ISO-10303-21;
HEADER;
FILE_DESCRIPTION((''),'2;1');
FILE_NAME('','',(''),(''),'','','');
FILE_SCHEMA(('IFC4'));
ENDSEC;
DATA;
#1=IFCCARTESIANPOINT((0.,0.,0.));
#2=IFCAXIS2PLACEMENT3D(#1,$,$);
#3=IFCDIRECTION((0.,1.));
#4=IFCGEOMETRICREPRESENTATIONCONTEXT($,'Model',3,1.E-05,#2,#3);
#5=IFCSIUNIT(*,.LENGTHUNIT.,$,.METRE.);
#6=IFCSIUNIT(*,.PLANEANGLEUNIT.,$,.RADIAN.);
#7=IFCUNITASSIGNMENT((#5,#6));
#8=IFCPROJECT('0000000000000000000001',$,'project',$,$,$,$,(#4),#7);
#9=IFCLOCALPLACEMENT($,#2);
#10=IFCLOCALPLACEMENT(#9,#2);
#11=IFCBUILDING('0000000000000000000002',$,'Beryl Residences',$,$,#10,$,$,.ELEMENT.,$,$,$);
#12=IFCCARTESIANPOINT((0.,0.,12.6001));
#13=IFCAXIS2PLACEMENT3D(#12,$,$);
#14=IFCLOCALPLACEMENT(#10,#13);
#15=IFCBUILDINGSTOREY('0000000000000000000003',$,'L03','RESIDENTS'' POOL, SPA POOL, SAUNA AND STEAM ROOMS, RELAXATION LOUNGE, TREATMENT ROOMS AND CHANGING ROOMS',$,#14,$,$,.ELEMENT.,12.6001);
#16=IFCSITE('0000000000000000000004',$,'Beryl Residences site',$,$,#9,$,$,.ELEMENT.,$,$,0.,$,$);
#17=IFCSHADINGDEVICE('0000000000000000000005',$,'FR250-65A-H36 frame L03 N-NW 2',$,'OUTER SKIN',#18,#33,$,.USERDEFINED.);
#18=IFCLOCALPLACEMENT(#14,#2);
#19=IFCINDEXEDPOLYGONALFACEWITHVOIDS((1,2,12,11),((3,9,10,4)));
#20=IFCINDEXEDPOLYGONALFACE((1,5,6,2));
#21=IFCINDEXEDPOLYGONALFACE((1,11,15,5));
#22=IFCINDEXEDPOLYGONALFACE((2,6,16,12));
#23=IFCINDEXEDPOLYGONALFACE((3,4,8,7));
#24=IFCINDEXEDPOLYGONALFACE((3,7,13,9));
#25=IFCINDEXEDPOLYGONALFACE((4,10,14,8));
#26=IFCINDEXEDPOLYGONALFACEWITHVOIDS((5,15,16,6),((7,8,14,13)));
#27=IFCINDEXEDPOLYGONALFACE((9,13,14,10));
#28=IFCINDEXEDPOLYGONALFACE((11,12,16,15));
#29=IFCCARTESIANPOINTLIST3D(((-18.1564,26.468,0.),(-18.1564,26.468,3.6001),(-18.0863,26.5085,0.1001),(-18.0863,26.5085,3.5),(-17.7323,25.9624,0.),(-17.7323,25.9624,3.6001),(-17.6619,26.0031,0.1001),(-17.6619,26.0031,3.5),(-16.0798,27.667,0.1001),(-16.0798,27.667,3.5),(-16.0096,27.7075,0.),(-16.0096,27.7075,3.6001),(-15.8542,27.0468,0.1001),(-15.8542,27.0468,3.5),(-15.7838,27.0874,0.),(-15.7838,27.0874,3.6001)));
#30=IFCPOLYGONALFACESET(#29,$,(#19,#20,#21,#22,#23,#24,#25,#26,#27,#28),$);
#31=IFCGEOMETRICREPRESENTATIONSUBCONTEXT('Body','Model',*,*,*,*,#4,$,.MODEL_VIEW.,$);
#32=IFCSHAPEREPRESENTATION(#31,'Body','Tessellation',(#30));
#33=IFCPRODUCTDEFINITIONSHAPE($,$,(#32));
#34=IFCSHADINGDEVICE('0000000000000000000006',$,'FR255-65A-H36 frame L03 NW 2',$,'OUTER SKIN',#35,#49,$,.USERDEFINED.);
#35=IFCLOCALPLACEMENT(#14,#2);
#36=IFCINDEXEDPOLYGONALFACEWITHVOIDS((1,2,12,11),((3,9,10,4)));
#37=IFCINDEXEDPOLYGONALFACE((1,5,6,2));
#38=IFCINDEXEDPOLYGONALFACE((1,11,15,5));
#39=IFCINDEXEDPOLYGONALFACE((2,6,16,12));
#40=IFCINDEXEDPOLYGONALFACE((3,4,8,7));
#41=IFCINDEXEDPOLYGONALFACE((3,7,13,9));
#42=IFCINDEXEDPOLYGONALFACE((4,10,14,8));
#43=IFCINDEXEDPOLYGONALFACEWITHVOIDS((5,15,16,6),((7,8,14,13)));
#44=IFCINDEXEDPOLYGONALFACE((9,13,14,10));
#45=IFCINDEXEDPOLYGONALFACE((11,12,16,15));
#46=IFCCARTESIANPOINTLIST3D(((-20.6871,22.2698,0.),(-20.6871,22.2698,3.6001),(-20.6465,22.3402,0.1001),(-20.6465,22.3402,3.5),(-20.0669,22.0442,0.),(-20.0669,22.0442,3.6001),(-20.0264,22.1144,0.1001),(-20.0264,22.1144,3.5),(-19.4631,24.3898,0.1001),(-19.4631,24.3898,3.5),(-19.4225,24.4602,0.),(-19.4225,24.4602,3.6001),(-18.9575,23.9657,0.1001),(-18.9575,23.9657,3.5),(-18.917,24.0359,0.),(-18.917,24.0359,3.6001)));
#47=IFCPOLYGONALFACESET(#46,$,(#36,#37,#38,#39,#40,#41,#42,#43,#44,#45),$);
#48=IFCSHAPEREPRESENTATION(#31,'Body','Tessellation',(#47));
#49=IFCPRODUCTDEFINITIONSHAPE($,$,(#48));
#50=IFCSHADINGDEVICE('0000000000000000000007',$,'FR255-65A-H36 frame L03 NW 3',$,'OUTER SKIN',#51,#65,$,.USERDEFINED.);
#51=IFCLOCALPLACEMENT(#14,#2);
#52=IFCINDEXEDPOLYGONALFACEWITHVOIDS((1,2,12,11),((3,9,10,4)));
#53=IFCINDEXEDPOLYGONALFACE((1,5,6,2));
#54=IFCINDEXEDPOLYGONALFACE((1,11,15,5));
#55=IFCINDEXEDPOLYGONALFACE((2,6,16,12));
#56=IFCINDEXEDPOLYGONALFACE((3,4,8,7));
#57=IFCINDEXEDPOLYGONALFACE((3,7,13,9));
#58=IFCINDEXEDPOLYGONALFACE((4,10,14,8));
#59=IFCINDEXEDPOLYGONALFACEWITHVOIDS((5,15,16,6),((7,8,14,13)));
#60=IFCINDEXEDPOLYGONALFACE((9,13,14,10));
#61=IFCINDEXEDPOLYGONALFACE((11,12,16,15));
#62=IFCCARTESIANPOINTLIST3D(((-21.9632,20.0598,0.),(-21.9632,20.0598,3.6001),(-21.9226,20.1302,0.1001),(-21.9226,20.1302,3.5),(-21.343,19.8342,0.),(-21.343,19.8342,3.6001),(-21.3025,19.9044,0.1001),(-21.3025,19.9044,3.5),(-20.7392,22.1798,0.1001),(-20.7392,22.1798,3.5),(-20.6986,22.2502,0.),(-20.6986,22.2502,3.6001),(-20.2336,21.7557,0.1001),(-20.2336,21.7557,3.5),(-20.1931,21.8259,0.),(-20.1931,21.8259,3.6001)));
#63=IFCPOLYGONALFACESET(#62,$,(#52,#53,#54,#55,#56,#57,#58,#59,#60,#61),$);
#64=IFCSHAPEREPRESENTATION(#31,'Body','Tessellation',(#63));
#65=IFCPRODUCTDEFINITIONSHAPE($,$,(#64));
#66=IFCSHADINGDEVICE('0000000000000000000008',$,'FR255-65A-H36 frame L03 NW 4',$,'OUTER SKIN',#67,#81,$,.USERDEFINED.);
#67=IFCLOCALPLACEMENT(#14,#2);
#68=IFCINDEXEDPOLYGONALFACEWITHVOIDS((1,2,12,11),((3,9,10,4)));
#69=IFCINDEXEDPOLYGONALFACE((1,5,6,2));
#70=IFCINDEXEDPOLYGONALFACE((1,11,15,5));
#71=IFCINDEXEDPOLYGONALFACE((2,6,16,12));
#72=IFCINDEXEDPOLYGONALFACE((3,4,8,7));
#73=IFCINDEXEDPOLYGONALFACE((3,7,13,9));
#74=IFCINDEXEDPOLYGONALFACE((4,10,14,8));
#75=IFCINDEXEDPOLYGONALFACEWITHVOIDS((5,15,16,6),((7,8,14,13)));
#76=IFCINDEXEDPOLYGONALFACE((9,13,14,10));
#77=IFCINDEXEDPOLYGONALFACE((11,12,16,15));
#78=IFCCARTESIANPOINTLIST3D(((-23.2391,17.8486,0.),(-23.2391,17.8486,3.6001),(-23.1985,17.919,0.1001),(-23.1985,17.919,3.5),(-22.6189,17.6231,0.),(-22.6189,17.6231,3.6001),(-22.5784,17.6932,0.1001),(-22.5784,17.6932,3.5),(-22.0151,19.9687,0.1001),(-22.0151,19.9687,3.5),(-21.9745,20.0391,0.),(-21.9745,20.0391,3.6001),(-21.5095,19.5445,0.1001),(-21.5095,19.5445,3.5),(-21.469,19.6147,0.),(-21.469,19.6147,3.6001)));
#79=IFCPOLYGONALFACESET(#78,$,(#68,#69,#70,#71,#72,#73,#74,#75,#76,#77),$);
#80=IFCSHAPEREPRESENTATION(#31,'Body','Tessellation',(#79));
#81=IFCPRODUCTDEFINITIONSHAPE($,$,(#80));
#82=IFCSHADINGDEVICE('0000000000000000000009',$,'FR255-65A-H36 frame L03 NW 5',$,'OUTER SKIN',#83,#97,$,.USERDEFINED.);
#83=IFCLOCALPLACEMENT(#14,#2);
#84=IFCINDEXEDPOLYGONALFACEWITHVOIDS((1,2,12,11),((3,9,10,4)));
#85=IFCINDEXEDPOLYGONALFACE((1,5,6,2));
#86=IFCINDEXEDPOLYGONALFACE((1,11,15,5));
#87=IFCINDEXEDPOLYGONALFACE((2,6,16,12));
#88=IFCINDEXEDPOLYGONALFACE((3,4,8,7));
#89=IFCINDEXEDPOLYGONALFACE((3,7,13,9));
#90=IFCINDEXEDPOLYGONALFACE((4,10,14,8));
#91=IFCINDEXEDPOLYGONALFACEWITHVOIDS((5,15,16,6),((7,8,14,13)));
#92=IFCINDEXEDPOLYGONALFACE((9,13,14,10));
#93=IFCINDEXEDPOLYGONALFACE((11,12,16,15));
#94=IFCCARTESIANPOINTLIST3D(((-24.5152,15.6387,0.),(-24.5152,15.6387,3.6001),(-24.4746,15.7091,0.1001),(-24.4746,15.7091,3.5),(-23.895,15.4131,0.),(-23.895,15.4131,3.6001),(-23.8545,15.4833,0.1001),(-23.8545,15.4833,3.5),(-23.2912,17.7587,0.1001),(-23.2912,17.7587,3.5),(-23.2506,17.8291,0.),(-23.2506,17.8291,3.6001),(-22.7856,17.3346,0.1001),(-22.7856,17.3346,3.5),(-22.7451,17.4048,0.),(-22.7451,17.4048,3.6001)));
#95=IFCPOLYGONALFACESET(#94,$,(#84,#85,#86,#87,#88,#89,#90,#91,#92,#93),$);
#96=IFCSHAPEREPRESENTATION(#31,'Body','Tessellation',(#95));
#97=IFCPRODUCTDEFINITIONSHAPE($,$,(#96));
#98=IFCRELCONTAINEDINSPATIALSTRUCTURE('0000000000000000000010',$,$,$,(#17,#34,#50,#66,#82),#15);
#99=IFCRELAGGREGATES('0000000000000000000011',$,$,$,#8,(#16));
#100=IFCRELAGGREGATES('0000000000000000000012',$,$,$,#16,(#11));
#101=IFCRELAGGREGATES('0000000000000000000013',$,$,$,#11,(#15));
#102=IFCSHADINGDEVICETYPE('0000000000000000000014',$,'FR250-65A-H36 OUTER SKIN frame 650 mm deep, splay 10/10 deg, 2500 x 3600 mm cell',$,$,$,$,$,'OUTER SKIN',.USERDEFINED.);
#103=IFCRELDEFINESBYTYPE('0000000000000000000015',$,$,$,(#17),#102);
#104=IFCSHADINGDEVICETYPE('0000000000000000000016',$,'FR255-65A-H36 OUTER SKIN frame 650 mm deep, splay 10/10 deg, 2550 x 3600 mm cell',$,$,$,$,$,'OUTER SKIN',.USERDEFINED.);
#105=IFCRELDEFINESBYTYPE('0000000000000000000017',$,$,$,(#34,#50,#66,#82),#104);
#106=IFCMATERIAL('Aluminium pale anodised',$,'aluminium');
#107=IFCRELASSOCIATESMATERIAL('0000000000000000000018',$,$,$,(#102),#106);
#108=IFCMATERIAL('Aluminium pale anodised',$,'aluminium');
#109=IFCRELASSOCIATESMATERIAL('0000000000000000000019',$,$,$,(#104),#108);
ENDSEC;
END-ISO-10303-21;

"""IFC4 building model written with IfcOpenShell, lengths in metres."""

from ifc_helpers import new_model, entity, si_unit, direction, frame, origin, place, context, subcontext, project, spatial, source, transform, mapped, material, type_object, type_shapes, element, save


model = new_model("IFC4")

# Units and contexts
model_context = context("Model", 3, precision=1e-05, world=origin(), true_north=direction((0.0, 1.0)))
body_context = subcontext(model_context, "Body", "Model", "MODEL_VIEW")
ifc_project = project(units=[si_unit("LENGTHUNIT", "METRE"), si_unit("PLANEANGLEUNIT", "RADIAN")], contexts=[model_context])

# Site, building, storey
site_placement = place(None, origin())
site = spatial("IfcSite", under=ifc_project, at=site_placement, Name="Beryl Residences site", CompositionType="ELEMENT", RefElevation=0.0)
building_placement = place(site_placement, origin())
building = spatial("IfcBuilding", under=site, at=building_placement, Name="Beryl Residences", CompositionType="ELEMENT")
storey_placement = place(building_placement, frame((0.0, 0.0, 12.6001)))
storey = spatial("IfcBuildingStorey", under=building, at=storey_placement, Name="L03", Description="RESIDENTS' POOL, SPA POOL, SAUNA AND STEAM ROOMS, RELAXATION LOUNGE, TREATMENT ROOMS AND CHANGING ROOMS", CompositionType="ELEMENT", Elevation=12.6001)

# Shading devices
ifc_material_1 = material(Name="Aluminium pale anodised", Category="aluminium")
shading_device_type_1 = type_object("IfcShadingDeviceType", Name="FR250-65A-H36 OUTER SKIN frame 650 mm deep, splay 10/10 deg, 2500 x 3600 mm cell", ElementType="OUTER SKIN", PredefinedType="USERDEFINED", material=ifc_material_1)
cartesian_point_1 = entity("IfcCartesianPoint", [-1.125, 0.0])
cartesian_point_2 = entity("IfcCartesianPoint", [-1.0437, 0.1001])
cartesian_point_3 = entity("IfcCartesianPoint", [-1.2395, 0.0])
cartesian_point_4 = entity("IfcCartesianPoint", [-1.1584, 0.1001])
shared_shape_1 = source(origin(), body_context, "Body", "SweptSolid", [
    entity("IfcExtrudedAreaSolidTapered", entity("IfcArbitraryProfileDefWithVoids", "AREA", None, entity("IfcPolyline", [cartesian_point_1, entity("IfcCartesianPoint", [1.125, 0.0]), entity("IfcCartesianPoint", [1.125, 3.6001]), entity("IfcCartesianPoint", [-1.125, 3.6001]), cartesian_point_1]), [entity("IfcPolyline", [cartesian_point_2, entity("IfcCartesianPoint", [1.0437, 0.1001]), entity("IfcCartesianPoint", [1.0437, 3.5]), entity("IfcCartesianPoint", [-1.0437, 3.5]), cartesian_point_2])]), entity("IfcAxis2Placement3D", entity("IfcCartesianPoint", [0.0, 0.0, 0.0]), entity("IfcDirection", [0.0, 1.0, 0.0]), entity("IfcDirection", [-1.0, 0.0, 0.0])), entity("IfcDirection", [0.0, 0.0, 1.0]), 0.6499, entity("IfcArbitraryProfileDefWithVoids", "AREA", None, entity("IfcPolyline", [cartesian_point_3, entity("IfcCartesianPoint", [1.2395, 0.0]), entity("IfcCartesianPoint", [1.2395, 3.6001]), entity("IfcCartesianPoint", [-1.2395, 3.6001]), cartesian_point_3]), [entity("IfcPolyline", [cartesian_point_4, entity("IfcCartesianPoint", [1.1584, 0.1001]), entity("IfcCartesianPoint", [1.1584, 3.5]), entity("IfcCartesianPoint", [-1.1584, 3.5]), cartesian_point_4])])),
])
type_shapes(shading_device_type_1, [shared_shape_1])
shading_device_1_placement = place(storey_placement, frame((-16.7581, 26.5249, 0.0), z_axis=(0.0, 0.0, 1.0), x_axis=(0.866025, 0.5, 0.0)))
element("IfcShadingDevice", 1, at=shading_device_1_placement, inside=storey, type_object=shading_device_type_1, Name="FR250-65A-H36 frame L03 N-NW 2", ObjectType="OUTER SKIN", PredefinedType="USERDEFINED", context=body_context, shape_type="MappedRepresentation", body=[
    mapped(shared_shape_1, transform((0.0, 0.0, 0.0))),
])
ifc_material_2 = material(Name="Aluminium pale anodised", Category="aluminium")
shading_device_type_2 = type_object("IfcShadingDeviceType", Name="FR255-65A-H36 OUTER SKIN frame 650 mm deep, splay 10/10 deg, 2550 x 3600 mm cell", ElementType="OUTER SKIN", PredefinedType="USERDEFINED", material=ifc_material_2)
cartesian_point_5 = entity("IfcCartesianPoint", [-1.1499, 0.0])
cartesian_point_6 = entity("IfcCartesianPoint", [-1.0688, 0.1001])
cartesian_point_7 = entity("IfcCartesianPoint", [-1.2646, 0.0])
cartesian_point_8 = entity("IfcCartesianPoint", [-1.1833, 0.1001])
shared_shape_2 = source(origin(), body_context, "Body", "SweptSolid", [
    entity("IfcExtrudedAreaSolidTapered", entity("IfcArbitraryProfileDefWithVoids", "AREA", None, entity("IfcPolyline", [cartesian_point_5, entity("IfcCartesianPoint", [1.1499, 0.0]), entity("IfcCartesianPoint", [1.1499, 3.6001]), entity("IfcCartesianPoint", [-1.1499, 3.6001]), cartesian_point_5]), [entity("IfcPolyline", [cartesian_point_6, entity("IfcCartesianPoint", [1.0688, 0.1001]), entity("IfcCartesianPoint", [1.0688, 3.5]), entity("IfcCartesianPoint", [-1.0688, 3.5]), cartesian_point_6])]), entity("IfcAxis2Placement3D", entity("IfcCartesianPoint", [0.0, 0.0, 0.0]), entity("IfcDirection", [0.0, 1.0, 0.0]), entity("IfcDirection", [-1.0, 0.0, 0.0])), entity("IfcDirection", [0.0, 0.0, 1.0]), 0.6499, entity("IfcArbitraryProfileDefWithVoids", "AREA", None, entity("IfcPolyline", [cartesian_point_7, entity("IfcCartesianPoint", [1.2646, 0.0]), entity("IfcCartesianPoint", [1.2646, 3.6001]), entity("IfcCartesianPoint", [-1.2646, 3.6001]), cartesian_point_7]), [entity("IfcPolyline", [cartesian_point_8, entity("IfcCartesianPoint", [1.1833, 0.1001]), entity("IfcCartesianPoint", [1.1833, 3.5]), entity("IfcCartesianPoint", [-1.1833, 3.5]), cartesian_point_8])])),
])
type_shapes(shading_device_type_2, [shared_shape_2])
for number, where, z_axis, x_axis, name in (
    (2, (-19.4919, 23.04, 0.0), (0.0, 0.0, 1.0), (0.5, 0.866025, 0.0), "FR255-65A-H36 frame L03 NW 2"),
    (3, (-20.7681, 20.8301, 0.0), (0.0, 0.0, 1.0), (0.5, 0.866025, 0.0), "FR255-65A-H36 frame L03 NW 3"),
    (4, (-22.0439, 18.6189, 0.0), (0.0, 0.0, 1.0), (0.5, 0.866025, 0.0), "FR255-65A-H36 frame L03 NW 4"),
    (5, (-23.3201, 16.4089, 0.0), (0.0, 0.0, 1.0), (0.5, 0.866025, 0.0), "FR255-65A-H36 frame L03 NW 5"),
):
    element("IfcShadingDevice", number, at=place(storey_placement, frame(where, z_axis=z_axis, x_axis=x_axis)), inside=storey, type_object=shading_device_type_2, Name=name, ObjectType="OUTER SKIN", PredefinedType="USERDEFINED", context=body_context, shape_type="MappedRepresentation", body=[
        mapped(shared_shape_2, transform((0.0, 0.0, 0.0))),
    ])

save(model, "model.ifc")
